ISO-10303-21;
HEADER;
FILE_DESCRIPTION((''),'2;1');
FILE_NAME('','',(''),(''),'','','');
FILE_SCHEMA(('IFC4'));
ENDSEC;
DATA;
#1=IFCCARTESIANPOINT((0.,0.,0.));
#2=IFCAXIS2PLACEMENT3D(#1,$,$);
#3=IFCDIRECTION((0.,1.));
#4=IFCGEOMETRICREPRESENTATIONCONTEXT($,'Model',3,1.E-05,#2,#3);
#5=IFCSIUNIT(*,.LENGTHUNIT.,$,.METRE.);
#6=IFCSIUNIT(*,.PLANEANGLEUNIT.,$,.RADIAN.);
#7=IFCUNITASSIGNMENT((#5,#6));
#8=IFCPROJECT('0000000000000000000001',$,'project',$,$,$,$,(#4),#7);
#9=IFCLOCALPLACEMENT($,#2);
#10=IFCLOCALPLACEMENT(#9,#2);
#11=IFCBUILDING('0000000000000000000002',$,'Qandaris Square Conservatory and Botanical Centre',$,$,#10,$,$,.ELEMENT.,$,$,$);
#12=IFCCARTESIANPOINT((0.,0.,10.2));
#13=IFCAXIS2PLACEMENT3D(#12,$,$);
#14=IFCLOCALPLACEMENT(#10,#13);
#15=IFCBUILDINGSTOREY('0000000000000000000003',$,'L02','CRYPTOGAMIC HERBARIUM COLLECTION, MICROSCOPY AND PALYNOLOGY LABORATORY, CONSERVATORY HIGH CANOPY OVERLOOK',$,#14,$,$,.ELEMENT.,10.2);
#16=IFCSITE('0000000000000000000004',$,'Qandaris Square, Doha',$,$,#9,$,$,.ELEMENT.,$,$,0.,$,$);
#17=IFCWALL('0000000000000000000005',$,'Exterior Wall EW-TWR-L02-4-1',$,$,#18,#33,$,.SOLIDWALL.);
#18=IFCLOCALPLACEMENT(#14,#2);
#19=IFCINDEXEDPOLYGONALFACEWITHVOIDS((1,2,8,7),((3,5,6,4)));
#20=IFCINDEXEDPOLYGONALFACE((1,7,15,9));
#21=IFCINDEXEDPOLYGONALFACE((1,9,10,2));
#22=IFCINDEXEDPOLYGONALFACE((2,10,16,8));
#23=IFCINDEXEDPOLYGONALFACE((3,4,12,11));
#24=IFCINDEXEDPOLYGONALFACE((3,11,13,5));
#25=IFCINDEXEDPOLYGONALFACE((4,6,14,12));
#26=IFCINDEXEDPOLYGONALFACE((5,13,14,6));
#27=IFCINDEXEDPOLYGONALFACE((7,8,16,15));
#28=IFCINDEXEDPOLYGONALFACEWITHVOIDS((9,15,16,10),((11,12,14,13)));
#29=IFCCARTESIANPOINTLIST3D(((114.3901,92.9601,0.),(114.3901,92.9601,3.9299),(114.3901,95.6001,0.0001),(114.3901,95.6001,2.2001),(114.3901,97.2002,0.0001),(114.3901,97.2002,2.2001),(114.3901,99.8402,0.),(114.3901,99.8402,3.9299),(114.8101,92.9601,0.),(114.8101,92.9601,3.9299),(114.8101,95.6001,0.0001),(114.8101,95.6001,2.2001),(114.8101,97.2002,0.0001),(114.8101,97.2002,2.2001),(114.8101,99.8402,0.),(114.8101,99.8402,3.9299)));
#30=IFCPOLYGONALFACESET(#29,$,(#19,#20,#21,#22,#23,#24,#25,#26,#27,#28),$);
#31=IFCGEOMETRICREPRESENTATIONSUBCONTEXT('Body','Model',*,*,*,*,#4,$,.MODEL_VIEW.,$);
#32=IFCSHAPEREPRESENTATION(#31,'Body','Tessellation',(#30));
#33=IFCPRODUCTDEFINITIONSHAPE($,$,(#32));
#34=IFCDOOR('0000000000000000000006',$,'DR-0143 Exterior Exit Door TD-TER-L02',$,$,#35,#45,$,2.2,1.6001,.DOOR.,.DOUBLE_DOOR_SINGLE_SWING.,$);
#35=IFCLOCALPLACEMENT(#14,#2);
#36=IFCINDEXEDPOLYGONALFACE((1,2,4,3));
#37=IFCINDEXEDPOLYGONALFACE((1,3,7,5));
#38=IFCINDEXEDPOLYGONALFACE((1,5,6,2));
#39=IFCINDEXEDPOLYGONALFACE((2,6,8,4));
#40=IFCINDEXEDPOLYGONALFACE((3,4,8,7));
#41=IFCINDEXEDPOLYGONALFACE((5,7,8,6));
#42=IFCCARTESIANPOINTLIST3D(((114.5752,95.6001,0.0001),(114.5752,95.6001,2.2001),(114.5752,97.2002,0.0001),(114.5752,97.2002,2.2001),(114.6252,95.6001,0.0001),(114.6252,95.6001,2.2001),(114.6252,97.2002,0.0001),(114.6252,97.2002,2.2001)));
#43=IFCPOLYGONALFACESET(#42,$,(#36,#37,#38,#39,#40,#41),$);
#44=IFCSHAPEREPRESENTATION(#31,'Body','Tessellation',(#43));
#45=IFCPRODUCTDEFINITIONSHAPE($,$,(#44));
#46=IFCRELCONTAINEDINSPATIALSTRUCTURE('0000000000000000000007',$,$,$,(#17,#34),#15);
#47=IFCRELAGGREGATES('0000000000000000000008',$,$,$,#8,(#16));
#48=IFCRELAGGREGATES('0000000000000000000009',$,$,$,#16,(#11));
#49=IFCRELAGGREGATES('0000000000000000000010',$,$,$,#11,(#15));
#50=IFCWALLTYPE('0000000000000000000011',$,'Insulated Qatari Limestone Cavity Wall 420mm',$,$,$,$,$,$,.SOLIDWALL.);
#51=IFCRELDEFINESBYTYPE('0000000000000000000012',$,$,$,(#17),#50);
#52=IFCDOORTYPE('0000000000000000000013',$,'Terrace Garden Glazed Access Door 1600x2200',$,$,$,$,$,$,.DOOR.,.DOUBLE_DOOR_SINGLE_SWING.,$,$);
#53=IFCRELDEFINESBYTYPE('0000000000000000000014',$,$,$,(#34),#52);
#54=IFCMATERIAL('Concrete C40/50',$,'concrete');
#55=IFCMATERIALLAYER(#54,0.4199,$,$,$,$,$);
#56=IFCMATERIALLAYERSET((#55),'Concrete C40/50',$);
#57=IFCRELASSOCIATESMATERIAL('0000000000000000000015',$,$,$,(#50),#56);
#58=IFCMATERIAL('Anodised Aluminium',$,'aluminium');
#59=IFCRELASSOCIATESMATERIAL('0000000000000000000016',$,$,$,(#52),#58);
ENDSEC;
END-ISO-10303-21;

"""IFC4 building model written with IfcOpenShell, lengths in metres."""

from ifc_helpers import new_model, si_unit, direction, frame, frame_2d, origin, place, context, subcontext, project, spatial, rectangle, extrude, material, layer, layer_set, type_object, element, fill, save


model = new_model("IFC4")

# Units and contexts
model_context = context("Model", 3, precision=1e-05, world=origin(), true_north=direction((0.0, 1.0)))
body_context = subcontext(model_context, "Body", "Model", "MODEL_VIEW")
ifc_project = project(units=[si_unit("LENGTHUNIT", "METRE"), si_unit("PLANEANGLEUNIT", "RADIAN")], contexts=[model_context])

# Site, building, storey
site_placement = place(None, origin())
site = spatial("IfcSite", under=ifc_project, at=site_placement, Name="Qandaris Square, Doha", CompositionType="ELEMENT", RefElevation=0.0)
building_placement = place(site_placement, origin())
building = spatial("IfcBuilding", under=site, at=building_placement, Name="Qandaris Square Conservatory and Botanical Centre", CompositionType="ELEMENT")
storey_placement = place(building_placement, frame((0.0, 0.0, 10.2)))
storey = spatial("IfcBuildingStorey", under=building, at=storey_placement, Name="L02", Description="CRYPTOGAMIC HERBARIUM COLLECTION, MICROSCOPY AND PALYNOLOGY LABORATORY, CONSERVATORY HIGH CANOPY OVERLOOK", CompositionType="ELEMENT", Elevation=10.2)

# Shared definitions
ifc_material_1 = material(Name="Concrete C40/50", Category="concrete")

# Shared definitions
ifc_material_2 = material(Name="Anodised Aluminium", Category="aluminium")

# Shared definitions
ifc_layer_1 = layer(ifc_material_1, 0.4199)
ifc_layer_set_1 = layer_set([ifc_layer_1], Name="Concrete C40/50")
wall_type = type_object("IfcWallType", Name="Insulated Qatari Limestone Cavity Wall 420mm", PredefinedType="SOLIDWALL", material=ifc_layer_set_1)

# Wall, opening, door
wall_1_placement = place(storey_placement, frame((114.6001, 99.8401, 0.0), z_axis=(0.0, 0.0, 1.0), x_axis=(0.0, -1.0, 0.0)))
wall_1 = element("IfcWall", 1, at=wall_1_placement, inside=storey, type_object=wall_type, Name="Exterior Wall EW-TWR-L02-4-1", PredefinedType="SOLIDWALL", context=body_context, shape_type="SweptSolid", body=[
    extrude(rectangle(XDim=6.8801, YDim=0.4199, at=frame_2d((3.4399, 0.0))), origin(), (0.0, 0.0, 1.0), 3.9299),
])
opening_1_placement = place(wall_1_placement, frame((2.6399, 0.0, 0.0)))
opening_1 = element("IfcOpeningElement", 2, at=opening_1_placement, cuts=wall_1, PredefinedType="OPENING", context=body_context, shape_type="SweptSolid", body=[
    extrude(rectangle(XDim=1.6001, YDim=2.2, at=frame_2d((0.8, 1.1001))), frame((0.0, 0.2219, 0.0), z_axis=(0.0, -1.0, 0.0), x_axis=(1.0, 0.0, 0.0)), (0.0, 0.0, 1.0), 0.4438),
])
door_type = type_object("IfcDoorType", Name="Terrace Garden Glazed Access Door 1600x2200", OperationType="DOUBLE_DOOR_SINGLE_SWING", PredefinedType="DOOR", material=ifc_material_2)
door_placement = place(opening_1_placement, frame((1.6001, 0.0, 0.0), z_axis=(0.0, 0.0, 1.0), x_axis=(-1.0, 0.0, 0.0)))
door = element("IfcDoor", 3, at=door_placement, inside=storey, type_object=door_type, Name="DR-0143 Exterior Exit Door TD-TER-L02", OperationType="DOUBLE_DOOR_SINGLE_SWING", OverallHeight=2.2, OverallWidth=1.6001, PredefinedType="DOOR", context=body_context, shape_type="SweptSolid", body=[
    extrude(rectangle(XDim=1.6001, YDim=2.2, at=frame_2d((0.8, 1.1001))), frame((0.0, 0.0249, 0.0), z_axis=(0.0, -1.0, 0.0), x_axis=(1.0, 0.0, 0.0)), (0.0, 0.0, 1.0), 0.05),
])
fill(opening_1, door)

save(model, "model.ifc")
